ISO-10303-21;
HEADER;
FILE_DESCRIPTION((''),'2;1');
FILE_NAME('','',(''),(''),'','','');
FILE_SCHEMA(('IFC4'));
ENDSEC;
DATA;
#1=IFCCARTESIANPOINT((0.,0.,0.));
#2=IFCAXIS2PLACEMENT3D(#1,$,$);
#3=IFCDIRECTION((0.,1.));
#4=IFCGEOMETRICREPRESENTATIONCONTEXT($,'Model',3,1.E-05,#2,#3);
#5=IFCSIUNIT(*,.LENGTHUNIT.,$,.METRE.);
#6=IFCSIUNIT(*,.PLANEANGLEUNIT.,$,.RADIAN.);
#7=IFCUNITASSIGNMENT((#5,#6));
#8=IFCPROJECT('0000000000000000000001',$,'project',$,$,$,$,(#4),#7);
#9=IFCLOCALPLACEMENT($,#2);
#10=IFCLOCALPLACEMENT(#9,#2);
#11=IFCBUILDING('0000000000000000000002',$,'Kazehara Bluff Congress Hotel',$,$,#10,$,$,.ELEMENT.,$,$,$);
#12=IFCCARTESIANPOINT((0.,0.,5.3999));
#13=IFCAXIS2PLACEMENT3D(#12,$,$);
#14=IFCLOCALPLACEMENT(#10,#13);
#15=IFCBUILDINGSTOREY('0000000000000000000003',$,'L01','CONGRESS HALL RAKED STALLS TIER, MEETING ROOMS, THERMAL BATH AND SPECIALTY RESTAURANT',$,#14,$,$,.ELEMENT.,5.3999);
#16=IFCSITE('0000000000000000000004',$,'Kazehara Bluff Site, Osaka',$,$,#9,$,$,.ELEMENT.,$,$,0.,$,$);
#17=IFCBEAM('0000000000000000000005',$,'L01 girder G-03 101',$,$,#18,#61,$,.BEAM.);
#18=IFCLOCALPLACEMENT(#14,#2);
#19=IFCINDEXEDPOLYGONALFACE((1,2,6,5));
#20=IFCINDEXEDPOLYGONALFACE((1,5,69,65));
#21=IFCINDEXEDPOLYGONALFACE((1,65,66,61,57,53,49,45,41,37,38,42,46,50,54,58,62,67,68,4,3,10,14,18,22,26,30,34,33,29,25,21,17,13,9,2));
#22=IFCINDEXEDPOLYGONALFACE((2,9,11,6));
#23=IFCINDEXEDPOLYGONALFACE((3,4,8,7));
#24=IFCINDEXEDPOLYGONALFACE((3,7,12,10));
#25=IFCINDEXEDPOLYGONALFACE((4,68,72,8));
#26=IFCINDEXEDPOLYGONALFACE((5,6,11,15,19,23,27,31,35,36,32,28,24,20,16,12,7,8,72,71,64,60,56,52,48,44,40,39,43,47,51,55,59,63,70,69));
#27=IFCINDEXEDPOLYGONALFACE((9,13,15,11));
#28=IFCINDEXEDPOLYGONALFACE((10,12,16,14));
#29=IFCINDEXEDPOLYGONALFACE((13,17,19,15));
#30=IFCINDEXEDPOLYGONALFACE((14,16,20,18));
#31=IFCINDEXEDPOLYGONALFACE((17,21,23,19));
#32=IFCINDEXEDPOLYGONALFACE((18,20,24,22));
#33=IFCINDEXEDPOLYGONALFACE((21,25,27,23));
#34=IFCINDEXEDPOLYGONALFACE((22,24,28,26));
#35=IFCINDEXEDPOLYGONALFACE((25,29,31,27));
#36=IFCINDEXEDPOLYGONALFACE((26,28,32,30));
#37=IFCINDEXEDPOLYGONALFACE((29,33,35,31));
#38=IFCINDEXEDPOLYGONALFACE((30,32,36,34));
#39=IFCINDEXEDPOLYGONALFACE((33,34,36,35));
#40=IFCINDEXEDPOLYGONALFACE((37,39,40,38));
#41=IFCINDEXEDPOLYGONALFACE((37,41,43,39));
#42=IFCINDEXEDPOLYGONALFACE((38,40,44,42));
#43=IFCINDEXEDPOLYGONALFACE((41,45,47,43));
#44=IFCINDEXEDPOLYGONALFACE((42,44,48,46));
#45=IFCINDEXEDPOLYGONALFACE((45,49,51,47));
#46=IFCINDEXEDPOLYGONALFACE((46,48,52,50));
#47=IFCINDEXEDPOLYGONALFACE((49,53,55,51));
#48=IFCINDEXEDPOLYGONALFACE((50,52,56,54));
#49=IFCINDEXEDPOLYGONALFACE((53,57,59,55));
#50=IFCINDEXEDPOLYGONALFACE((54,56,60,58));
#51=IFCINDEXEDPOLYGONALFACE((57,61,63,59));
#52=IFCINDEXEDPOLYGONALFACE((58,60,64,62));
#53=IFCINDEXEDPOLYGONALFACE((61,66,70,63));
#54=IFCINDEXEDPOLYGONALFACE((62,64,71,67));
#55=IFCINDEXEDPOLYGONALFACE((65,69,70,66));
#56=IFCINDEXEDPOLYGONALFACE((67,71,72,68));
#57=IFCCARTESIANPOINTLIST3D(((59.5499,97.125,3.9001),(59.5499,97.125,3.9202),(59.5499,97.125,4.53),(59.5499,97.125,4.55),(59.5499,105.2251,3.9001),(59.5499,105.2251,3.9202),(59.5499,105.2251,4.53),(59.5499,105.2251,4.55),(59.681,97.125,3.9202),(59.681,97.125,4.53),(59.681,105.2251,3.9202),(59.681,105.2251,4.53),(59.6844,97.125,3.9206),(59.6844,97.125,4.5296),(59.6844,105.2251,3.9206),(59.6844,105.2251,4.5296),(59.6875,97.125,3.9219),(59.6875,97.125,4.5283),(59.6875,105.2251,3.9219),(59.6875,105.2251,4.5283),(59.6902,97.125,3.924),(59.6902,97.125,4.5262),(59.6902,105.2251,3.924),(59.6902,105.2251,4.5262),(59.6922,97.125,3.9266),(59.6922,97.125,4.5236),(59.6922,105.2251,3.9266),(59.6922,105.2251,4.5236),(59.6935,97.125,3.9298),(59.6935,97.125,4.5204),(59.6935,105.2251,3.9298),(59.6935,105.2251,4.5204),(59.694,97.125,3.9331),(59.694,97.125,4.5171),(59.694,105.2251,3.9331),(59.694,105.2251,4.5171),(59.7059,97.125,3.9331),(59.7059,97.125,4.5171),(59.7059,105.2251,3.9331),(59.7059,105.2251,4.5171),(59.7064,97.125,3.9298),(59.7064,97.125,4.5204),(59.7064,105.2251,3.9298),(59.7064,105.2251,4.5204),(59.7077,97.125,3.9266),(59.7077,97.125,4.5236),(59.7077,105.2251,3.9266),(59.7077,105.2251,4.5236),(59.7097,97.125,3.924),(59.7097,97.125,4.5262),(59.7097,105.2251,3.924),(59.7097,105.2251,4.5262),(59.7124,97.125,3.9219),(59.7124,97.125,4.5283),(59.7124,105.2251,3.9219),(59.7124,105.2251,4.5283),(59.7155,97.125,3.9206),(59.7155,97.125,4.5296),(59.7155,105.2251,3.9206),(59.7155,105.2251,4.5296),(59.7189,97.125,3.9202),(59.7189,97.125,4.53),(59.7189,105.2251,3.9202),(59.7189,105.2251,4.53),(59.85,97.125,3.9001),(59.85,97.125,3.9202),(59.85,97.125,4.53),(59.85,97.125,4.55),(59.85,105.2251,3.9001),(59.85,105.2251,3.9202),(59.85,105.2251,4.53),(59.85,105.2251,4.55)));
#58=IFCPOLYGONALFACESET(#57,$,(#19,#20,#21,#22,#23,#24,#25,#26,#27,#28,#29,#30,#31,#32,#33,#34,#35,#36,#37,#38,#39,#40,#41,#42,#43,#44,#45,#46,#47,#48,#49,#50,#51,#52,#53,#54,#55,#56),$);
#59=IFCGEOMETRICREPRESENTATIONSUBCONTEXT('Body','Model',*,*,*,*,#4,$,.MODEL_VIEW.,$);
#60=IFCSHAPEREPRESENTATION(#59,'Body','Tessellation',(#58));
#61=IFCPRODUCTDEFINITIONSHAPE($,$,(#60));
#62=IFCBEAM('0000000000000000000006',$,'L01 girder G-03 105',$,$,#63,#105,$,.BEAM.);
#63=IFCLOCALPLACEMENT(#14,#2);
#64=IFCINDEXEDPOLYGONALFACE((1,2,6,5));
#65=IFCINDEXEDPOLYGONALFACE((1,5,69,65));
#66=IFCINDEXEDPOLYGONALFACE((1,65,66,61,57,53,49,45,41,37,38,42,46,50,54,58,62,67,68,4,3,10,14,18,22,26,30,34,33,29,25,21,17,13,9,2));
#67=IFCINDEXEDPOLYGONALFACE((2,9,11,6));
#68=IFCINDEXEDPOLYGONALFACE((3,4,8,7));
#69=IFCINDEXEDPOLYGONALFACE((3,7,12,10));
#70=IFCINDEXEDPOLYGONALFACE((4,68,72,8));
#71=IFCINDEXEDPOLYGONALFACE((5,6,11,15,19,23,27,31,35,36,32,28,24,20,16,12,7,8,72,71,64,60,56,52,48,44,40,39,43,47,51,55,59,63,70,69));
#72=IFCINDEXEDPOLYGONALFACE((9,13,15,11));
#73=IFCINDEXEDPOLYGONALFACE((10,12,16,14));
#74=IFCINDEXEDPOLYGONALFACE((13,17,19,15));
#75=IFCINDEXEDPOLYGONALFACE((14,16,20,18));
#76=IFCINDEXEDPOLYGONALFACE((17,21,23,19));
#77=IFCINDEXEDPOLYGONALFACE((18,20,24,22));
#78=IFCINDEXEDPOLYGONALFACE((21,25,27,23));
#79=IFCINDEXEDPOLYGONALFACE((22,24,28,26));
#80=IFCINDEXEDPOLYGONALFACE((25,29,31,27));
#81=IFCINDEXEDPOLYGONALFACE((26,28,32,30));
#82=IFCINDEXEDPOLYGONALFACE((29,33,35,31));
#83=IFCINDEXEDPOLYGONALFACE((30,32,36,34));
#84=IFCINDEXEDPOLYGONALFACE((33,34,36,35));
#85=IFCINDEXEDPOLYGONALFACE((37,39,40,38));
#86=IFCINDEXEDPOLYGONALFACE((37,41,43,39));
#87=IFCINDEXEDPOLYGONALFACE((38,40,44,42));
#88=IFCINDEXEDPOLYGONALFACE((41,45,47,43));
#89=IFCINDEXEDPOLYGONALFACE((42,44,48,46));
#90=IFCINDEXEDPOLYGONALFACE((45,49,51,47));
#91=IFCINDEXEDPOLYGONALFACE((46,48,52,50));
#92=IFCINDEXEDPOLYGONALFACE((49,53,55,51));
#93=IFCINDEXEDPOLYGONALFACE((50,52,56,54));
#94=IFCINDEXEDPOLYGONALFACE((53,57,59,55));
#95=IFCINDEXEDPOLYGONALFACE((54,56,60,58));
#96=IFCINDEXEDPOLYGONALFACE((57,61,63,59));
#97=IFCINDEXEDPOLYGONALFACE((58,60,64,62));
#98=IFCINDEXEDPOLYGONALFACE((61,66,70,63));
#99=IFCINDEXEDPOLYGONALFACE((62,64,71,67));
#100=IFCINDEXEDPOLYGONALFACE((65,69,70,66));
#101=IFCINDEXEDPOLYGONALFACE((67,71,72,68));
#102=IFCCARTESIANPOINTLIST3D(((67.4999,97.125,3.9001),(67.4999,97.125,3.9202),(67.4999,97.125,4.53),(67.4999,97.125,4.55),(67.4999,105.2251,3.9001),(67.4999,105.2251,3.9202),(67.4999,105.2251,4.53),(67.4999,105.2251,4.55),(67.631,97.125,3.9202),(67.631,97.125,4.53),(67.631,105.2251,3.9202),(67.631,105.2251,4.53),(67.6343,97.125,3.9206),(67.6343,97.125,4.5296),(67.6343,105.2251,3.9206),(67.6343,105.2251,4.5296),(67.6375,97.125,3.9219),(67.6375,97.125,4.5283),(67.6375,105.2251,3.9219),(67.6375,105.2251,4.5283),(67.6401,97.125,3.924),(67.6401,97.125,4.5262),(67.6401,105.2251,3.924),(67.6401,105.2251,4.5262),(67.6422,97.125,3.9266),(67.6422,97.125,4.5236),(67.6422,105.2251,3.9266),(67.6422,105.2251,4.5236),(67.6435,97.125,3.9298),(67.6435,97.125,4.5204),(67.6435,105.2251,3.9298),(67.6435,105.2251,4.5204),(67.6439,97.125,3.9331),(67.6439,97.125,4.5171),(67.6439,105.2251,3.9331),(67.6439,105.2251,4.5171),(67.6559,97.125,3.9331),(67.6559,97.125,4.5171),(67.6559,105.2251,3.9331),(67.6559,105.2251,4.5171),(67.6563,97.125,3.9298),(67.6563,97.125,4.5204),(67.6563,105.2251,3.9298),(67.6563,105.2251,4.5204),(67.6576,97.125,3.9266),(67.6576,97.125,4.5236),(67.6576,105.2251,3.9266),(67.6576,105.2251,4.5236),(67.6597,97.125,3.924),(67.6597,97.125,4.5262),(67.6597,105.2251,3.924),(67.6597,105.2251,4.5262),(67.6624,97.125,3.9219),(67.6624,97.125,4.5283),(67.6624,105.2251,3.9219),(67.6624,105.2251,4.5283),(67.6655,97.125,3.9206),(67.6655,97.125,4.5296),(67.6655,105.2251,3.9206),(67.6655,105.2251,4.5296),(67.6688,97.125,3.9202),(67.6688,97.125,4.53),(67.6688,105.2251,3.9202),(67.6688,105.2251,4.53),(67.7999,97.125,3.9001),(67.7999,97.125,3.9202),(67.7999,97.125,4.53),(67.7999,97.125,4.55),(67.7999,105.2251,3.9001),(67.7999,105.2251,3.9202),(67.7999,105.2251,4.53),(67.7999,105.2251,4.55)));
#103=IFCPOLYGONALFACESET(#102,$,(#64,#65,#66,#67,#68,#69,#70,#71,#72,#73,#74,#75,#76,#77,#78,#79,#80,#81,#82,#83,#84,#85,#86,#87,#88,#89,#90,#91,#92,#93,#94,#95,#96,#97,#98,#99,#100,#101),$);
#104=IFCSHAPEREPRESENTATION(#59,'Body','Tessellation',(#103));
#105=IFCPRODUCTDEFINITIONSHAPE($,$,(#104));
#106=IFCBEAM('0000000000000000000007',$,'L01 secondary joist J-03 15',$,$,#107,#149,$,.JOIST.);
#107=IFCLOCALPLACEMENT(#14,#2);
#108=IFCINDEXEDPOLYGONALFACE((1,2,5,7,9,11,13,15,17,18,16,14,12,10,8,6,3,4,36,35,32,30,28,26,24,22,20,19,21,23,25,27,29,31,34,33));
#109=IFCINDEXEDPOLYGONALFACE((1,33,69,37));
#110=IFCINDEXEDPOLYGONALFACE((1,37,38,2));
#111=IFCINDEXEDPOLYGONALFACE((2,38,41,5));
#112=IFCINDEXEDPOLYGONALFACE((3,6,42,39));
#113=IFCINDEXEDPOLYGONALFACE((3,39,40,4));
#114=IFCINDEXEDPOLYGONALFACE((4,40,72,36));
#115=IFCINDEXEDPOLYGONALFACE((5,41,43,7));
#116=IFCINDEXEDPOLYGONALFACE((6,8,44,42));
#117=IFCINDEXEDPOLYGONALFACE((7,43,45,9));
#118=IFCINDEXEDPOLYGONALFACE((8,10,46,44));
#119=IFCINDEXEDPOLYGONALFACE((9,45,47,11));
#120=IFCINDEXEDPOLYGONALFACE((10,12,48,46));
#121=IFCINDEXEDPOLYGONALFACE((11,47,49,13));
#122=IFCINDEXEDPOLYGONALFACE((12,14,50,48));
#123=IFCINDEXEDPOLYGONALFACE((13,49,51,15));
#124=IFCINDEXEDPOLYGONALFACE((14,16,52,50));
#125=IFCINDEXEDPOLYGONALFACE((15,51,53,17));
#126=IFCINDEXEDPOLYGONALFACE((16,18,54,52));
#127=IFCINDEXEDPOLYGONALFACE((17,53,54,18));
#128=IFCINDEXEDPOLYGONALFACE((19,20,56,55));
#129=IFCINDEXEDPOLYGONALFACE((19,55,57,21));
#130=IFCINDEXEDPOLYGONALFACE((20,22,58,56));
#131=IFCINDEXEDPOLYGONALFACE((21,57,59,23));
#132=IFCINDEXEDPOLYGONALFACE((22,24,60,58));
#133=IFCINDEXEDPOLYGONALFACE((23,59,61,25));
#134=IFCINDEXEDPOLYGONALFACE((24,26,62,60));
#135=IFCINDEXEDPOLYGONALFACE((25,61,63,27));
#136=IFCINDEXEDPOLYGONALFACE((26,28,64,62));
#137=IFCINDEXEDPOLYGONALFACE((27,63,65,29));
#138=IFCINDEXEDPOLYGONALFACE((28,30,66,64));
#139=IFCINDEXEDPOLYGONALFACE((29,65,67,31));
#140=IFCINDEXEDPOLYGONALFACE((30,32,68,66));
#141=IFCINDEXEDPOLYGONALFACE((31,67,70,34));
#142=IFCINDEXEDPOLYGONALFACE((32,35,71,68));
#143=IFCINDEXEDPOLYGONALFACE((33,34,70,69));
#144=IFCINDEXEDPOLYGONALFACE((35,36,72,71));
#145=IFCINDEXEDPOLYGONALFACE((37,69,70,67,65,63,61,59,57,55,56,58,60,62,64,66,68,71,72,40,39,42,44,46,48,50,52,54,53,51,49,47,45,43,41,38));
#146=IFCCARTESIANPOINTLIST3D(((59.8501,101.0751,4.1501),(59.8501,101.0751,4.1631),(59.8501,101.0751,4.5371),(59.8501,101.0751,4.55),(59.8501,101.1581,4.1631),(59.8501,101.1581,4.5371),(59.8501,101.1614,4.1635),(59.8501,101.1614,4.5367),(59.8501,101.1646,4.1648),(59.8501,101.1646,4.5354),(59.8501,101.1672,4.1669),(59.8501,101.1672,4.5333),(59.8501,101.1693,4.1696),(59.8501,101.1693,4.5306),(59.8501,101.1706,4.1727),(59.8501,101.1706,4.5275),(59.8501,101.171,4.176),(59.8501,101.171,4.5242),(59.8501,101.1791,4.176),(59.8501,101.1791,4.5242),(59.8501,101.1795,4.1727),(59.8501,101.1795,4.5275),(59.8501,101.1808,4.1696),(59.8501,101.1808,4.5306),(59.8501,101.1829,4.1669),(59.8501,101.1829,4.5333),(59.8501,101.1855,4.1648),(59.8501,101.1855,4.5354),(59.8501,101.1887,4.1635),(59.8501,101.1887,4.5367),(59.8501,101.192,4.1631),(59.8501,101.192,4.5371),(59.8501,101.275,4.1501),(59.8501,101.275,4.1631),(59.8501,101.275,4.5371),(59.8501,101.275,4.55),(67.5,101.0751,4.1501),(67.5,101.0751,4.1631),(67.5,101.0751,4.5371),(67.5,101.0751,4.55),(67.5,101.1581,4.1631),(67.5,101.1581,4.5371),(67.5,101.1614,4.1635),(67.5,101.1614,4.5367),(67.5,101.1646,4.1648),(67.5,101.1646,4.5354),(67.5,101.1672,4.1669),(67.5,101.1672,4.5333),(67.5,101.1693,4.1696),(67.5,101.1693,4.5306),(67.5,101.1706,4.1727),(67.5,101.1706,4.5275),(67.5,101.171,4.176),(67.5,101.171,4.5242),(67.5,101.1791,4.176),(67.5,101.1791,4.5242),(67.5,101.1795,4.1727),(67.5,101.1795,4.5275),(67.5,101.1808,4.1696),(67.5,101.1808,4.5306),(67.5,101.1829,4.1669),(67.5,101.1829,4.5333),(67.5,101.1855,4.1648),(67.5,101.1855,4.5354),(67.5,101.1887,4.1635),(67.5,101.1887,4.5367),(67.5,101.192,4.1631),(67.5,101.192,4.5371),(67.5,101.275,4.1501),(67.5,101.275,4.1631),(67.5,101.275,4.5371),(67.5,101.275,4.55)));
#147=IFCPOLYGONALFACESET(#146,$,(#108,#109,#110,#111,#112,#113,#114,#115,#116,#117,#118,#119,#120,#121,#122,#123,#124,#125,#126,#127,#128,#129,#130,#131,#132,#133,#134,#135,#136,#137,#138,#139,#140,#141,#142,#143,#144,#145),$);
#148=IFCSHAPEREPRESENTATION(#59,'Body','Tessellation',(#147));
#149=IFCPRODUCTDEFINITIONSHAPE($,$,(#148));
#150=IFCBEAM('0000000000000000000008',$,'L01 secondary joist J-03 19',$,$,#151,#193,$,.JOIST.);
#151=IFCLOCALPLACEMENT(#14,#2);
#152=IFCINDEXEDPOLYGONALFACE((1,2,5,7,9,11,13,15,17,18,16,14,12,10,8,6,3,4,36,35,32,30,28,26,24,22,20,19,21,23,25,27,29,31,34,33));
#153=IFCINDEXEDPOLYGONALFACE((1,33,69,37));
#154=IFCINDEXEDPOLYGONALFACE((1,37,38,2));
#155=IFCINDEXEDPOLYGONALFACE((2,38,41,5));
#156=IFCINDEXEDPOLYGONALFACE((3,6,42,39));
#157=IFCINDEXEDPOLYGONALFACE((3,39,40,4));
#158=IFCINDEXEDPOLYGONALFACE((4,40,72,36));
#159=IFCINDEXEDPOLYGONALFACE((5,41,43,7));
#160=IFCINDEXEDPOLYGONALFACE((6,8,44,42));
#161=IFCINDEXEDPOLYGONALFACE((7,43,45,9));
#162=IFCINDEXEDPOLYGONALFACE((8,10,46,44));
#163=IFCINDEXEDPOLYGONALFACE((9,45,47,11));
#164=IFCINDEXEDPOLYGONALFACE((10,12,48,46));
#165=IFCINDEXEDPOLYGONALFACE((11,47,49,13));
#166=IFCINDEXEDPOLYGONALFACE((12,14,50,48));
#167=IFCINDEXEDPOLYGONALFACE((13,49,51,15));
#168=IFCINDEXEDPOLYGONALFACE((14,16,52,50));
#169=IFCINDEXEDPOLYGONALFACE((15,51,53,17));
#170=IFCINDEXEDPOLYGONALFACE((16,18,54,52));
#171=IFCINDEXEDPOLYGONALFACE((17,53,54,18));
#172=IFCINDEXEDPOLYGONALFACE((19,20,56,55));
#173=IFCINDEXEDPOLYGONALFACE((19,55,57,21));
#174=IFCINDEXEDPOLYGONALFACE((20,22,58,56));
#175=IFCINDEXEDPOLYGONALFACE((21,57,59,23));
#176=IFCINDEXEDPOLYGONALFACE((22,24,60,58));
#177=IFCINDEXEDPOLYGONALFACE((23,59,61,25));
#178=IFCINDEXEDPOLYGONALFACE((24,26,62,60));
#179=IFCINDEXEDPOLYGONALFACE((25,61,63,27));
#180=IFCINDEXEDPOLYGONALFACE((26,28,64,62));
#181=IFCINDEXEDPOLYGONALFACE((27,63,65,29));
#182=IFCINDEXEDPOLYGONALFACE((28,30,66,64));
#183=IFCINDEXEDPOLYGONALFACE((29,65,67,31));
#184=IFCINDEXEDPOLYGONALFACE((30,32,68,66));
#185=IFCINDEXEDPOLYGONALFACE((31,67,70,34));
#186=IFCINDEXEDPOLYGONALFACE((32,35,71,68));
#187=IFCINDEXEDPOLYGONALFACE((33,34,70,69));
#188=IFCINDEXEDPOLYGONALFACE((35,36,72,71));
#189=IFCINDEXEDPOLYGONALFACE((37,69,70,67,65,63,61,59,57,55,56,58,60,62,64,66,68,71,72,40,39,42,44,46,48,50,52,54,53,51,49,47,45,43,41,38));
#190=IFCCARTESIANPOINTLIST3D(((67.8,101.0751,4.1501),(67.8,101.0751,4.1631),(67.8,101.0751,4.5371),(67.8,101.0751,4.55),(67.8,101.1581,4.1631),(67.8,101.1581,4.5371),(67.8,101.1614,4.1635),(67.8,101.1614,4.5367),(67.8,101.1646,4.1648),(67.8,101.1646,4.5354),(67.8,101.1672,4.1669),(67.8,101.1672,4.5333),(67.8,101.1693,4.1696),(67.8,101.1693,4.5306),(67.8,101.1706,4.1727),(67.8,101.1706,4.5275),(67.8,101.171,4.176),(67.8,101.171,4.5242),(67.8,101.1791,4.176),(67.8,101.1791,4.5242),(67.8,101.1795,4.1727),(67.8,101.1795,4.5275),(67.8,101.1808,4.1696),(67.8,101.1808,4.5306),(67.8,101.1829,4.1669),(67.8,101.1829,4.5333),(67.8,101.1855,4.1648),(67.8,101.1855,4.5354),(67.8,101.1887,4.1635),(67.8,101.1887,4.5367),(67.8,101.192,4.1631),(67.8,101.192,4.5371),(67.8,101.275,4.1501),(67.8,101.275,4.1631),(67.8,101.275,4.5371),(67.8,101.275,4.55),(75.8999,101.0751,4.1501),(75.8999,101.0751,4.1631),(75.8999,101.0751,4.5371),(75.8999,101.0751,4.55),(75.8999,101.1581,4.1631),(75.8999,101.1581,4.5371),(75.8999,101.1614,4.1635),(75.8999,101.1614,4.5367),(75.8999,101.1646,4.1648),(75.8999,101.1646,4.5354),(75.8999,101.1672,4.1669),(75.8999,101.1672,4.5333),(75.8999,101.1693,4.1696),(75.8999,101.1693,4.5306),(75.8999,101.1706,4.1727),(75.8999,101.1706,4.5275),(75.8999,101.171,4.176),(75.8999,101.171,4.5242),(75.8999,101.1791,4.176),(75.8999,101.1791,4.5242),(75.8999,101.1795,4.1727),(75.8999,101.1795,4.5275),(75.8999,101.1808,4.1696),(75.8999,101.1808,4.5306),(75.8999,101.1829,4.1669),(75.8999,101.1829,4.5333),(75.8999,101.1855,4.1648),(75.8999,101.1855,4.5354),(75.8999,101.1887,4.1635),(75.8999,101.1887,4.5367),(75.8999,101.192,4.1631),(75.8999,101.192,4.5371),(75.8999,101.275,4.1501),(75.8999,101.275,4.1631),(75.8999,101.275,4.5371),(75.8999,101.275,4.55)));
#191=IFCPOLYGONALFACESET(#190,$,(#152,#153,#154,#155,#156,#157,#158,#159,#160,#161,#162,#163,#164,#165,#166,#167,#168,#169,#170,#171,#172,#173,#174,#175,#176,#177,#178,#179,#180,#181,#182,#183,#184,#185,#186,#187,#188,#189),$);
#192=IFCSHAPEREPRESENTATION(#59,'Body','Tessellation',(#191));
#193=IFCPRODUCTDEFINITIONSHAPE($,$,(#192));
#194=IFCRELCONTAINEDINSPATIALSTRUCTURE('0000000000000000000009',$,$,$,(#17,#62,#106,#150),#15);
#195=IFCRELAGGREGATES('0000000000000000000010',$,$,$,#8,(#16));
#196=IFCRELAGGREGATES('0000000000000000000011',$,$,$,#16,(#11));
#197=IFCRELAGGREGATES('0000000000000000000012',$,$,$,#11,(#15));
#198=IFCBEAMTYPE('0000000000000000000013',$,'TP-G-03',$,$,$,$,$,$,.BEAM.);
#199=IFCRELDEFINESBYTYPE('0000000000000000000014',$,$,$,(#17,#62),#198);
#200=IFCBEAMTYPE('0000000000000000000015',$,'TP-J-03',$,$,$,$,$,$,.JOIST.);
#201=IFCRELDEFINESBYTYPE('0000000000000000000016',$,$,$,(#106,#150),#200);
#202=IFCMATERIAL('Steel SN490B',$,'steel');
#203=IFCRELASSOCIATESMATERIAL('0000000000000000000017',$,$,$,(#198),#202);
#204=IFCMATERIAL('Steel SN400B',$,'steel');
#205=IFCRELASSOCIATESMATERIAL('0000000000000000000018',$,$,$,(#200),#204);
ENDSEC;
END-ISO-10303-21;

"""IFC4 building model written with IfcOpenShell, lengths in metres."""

from ifc_helpers import new_model, si_unit, direction, frame, origin, origin_2d, place, context, subcontext, project, spatial, i_section, extrude, material, material_profile, profile_set, type_object, element, save


model = new_model("IFC4")

# Units and contexts
model_context = context("Model", 3, precision=1e-05, world=origin(), true_north=direction((0.0, 1.0)))
body_context = subcontext(model_context, "Body", "Model", "MODEL_VIEW")
ifc_project = project(units=[si_unit("LENGTHUNIT", "METRE"), si_unit("PLANEANGLEUNIT", "RADIAN")], contexts=[model_context])

# Site, building, storey
site_placement = place(None, origin())
site = spatial("IfcSite", under=ifc_project, at=site_placement, Name="Kazehara Bluff Site, Osaka", CompositionType="ELEMENT", RefElevation=0.0)
building_placement = place(site_placement, origin())
building = spatial("IfcBuilding", under=site, at=building_placement, Name="Kazehara Bluff Congress Hotel", CompositionType="ELEMENT")
storey_placement = place(building_placement, frame((0.0, 0.0, 5.3999)))
storey = spatial("IfcBuildingStorey", under=building, at=storey_placement, Name="L01", Description="CONGRESS HALL RAKED STALLS TIER, MEETING ROOMS, THERMAL BATH AND SPECIALTY RESTAURANT", CompositionType="ELEMENT", Elevation=5.3999)

# Beams
ifc_material_1 = material(Name="Steel SN490B", Category="steel")
ifc_material_profile_1 = material_profile(ifc_material_1, i_section(OverallWidth=0.3, OverallDepth=0.6499, WebThickness=0.012, FlangeThickness=0.02, FilletRadius=0.0129, at=origin_2d()))
ifc_profile_set_1 = profile_set([ifc_material_profile_1], Name="Steel SN490B")
beam_type_1 = type_object("IfcBeamType", Name="TP-G-03", PredefinedType="BEAM", material=ifc_profile_set_1)
for number, where, z_axis, x_axis, name in (
    (1, (59.7, 97.125, 4.2251), (0.0, 1.0, 0.0), (-1.0, 0.0, 0.0), "L01 girder G-03 101"),
    (2, (67.6499, 97.125, 4.2251), (0.0, 1.0, 0.0), (-1.0, 0.0, 0.0), "L01 girder G-03 105"),
):
    element("IfcBeam", number, at=place(storey_placement, frame(where, z_axis=z_axis, x_axis=x_axis)), inside=storey, type_object=beam_type_1, Name=name, PredefinedType="BEAM", context=body_context, shape_type="SweptSolid", body=[
        extrude(i_section(OverallWidth=0.3, OverallDepth=0.6499, WebThickness=0.012, FlangeThickness=0.02, FilletRadius=0.0129, at=origin_2d()), origin(), (0.0, 0.0, 1.0), 8.1001),
    ])
ifc_material_2 = material(Name="Steel SN400B", Category="steel")
ifc_material_profile_2 = material_profile(ifc_material_2, i_section(OverallWidth=0.2, OverallDepth=0.3999, WebThickness=0.0081, FlangeThickness=0.0129, FilletRadius=0.0129, at=origin_2d()))
ifc_profile_set_2 = profile_set([ifc_material_profile_2], Name="Steel SN400B")
beam_type_2 = type_object("IfcBeamType", Name="TP-J-03", PredefinedType="JOIST", material=ifc_profile_set_2)
beam_1_placement = place(storey_placement, frame((59.8501, 101.175, 4.3501), z_axis=(1.0, 0.0, 0.0), x_axis=(0.0, 1.0, 0.0)))
element("IfcBeam", 3, at=beam_1_placement, inside=storey, type_object=beam_type_2, Name="L01 secondary joist J-03 15", PredefinedType="JOIST", context=body_context, shape_type="SweptSolid", body=[
    extrude(i_section(OverallWidth=0.2, OverallDepth=0.3999, WebThickness=0.0081, FlangeThickness=0.0129, FilletRadius=0.0129, at=origin_2d()), origin(), (0.0, 0.0, 1.0), 7.6499),
])
beam_2_placement = place(storey_placement, frame((67.8, 101.175, 4.3501), z_axis=(1.0, 0.0, 0.0), x_axis=(0.0, 1.0, 0.0)))
element("IfcBeam", 4, at=beam_2_placement, inside=storey, type_object=beam_type_2, Name="L01 secondary joist J-03 19", PredefinedType="JOIST", context=body_context, shape_type="SweptSolid", body=[
    extrude(i_section(OverallWidth=0.2, OverallDepth=0.3999, WebThickness=0.0081, FlangeThickness=0.0129, FilletRadius=0.0129, at=origin_2d()), origin(), (0.0, 0.0, 1.0), 8.0999),
])

save(model, "model.ifc")
